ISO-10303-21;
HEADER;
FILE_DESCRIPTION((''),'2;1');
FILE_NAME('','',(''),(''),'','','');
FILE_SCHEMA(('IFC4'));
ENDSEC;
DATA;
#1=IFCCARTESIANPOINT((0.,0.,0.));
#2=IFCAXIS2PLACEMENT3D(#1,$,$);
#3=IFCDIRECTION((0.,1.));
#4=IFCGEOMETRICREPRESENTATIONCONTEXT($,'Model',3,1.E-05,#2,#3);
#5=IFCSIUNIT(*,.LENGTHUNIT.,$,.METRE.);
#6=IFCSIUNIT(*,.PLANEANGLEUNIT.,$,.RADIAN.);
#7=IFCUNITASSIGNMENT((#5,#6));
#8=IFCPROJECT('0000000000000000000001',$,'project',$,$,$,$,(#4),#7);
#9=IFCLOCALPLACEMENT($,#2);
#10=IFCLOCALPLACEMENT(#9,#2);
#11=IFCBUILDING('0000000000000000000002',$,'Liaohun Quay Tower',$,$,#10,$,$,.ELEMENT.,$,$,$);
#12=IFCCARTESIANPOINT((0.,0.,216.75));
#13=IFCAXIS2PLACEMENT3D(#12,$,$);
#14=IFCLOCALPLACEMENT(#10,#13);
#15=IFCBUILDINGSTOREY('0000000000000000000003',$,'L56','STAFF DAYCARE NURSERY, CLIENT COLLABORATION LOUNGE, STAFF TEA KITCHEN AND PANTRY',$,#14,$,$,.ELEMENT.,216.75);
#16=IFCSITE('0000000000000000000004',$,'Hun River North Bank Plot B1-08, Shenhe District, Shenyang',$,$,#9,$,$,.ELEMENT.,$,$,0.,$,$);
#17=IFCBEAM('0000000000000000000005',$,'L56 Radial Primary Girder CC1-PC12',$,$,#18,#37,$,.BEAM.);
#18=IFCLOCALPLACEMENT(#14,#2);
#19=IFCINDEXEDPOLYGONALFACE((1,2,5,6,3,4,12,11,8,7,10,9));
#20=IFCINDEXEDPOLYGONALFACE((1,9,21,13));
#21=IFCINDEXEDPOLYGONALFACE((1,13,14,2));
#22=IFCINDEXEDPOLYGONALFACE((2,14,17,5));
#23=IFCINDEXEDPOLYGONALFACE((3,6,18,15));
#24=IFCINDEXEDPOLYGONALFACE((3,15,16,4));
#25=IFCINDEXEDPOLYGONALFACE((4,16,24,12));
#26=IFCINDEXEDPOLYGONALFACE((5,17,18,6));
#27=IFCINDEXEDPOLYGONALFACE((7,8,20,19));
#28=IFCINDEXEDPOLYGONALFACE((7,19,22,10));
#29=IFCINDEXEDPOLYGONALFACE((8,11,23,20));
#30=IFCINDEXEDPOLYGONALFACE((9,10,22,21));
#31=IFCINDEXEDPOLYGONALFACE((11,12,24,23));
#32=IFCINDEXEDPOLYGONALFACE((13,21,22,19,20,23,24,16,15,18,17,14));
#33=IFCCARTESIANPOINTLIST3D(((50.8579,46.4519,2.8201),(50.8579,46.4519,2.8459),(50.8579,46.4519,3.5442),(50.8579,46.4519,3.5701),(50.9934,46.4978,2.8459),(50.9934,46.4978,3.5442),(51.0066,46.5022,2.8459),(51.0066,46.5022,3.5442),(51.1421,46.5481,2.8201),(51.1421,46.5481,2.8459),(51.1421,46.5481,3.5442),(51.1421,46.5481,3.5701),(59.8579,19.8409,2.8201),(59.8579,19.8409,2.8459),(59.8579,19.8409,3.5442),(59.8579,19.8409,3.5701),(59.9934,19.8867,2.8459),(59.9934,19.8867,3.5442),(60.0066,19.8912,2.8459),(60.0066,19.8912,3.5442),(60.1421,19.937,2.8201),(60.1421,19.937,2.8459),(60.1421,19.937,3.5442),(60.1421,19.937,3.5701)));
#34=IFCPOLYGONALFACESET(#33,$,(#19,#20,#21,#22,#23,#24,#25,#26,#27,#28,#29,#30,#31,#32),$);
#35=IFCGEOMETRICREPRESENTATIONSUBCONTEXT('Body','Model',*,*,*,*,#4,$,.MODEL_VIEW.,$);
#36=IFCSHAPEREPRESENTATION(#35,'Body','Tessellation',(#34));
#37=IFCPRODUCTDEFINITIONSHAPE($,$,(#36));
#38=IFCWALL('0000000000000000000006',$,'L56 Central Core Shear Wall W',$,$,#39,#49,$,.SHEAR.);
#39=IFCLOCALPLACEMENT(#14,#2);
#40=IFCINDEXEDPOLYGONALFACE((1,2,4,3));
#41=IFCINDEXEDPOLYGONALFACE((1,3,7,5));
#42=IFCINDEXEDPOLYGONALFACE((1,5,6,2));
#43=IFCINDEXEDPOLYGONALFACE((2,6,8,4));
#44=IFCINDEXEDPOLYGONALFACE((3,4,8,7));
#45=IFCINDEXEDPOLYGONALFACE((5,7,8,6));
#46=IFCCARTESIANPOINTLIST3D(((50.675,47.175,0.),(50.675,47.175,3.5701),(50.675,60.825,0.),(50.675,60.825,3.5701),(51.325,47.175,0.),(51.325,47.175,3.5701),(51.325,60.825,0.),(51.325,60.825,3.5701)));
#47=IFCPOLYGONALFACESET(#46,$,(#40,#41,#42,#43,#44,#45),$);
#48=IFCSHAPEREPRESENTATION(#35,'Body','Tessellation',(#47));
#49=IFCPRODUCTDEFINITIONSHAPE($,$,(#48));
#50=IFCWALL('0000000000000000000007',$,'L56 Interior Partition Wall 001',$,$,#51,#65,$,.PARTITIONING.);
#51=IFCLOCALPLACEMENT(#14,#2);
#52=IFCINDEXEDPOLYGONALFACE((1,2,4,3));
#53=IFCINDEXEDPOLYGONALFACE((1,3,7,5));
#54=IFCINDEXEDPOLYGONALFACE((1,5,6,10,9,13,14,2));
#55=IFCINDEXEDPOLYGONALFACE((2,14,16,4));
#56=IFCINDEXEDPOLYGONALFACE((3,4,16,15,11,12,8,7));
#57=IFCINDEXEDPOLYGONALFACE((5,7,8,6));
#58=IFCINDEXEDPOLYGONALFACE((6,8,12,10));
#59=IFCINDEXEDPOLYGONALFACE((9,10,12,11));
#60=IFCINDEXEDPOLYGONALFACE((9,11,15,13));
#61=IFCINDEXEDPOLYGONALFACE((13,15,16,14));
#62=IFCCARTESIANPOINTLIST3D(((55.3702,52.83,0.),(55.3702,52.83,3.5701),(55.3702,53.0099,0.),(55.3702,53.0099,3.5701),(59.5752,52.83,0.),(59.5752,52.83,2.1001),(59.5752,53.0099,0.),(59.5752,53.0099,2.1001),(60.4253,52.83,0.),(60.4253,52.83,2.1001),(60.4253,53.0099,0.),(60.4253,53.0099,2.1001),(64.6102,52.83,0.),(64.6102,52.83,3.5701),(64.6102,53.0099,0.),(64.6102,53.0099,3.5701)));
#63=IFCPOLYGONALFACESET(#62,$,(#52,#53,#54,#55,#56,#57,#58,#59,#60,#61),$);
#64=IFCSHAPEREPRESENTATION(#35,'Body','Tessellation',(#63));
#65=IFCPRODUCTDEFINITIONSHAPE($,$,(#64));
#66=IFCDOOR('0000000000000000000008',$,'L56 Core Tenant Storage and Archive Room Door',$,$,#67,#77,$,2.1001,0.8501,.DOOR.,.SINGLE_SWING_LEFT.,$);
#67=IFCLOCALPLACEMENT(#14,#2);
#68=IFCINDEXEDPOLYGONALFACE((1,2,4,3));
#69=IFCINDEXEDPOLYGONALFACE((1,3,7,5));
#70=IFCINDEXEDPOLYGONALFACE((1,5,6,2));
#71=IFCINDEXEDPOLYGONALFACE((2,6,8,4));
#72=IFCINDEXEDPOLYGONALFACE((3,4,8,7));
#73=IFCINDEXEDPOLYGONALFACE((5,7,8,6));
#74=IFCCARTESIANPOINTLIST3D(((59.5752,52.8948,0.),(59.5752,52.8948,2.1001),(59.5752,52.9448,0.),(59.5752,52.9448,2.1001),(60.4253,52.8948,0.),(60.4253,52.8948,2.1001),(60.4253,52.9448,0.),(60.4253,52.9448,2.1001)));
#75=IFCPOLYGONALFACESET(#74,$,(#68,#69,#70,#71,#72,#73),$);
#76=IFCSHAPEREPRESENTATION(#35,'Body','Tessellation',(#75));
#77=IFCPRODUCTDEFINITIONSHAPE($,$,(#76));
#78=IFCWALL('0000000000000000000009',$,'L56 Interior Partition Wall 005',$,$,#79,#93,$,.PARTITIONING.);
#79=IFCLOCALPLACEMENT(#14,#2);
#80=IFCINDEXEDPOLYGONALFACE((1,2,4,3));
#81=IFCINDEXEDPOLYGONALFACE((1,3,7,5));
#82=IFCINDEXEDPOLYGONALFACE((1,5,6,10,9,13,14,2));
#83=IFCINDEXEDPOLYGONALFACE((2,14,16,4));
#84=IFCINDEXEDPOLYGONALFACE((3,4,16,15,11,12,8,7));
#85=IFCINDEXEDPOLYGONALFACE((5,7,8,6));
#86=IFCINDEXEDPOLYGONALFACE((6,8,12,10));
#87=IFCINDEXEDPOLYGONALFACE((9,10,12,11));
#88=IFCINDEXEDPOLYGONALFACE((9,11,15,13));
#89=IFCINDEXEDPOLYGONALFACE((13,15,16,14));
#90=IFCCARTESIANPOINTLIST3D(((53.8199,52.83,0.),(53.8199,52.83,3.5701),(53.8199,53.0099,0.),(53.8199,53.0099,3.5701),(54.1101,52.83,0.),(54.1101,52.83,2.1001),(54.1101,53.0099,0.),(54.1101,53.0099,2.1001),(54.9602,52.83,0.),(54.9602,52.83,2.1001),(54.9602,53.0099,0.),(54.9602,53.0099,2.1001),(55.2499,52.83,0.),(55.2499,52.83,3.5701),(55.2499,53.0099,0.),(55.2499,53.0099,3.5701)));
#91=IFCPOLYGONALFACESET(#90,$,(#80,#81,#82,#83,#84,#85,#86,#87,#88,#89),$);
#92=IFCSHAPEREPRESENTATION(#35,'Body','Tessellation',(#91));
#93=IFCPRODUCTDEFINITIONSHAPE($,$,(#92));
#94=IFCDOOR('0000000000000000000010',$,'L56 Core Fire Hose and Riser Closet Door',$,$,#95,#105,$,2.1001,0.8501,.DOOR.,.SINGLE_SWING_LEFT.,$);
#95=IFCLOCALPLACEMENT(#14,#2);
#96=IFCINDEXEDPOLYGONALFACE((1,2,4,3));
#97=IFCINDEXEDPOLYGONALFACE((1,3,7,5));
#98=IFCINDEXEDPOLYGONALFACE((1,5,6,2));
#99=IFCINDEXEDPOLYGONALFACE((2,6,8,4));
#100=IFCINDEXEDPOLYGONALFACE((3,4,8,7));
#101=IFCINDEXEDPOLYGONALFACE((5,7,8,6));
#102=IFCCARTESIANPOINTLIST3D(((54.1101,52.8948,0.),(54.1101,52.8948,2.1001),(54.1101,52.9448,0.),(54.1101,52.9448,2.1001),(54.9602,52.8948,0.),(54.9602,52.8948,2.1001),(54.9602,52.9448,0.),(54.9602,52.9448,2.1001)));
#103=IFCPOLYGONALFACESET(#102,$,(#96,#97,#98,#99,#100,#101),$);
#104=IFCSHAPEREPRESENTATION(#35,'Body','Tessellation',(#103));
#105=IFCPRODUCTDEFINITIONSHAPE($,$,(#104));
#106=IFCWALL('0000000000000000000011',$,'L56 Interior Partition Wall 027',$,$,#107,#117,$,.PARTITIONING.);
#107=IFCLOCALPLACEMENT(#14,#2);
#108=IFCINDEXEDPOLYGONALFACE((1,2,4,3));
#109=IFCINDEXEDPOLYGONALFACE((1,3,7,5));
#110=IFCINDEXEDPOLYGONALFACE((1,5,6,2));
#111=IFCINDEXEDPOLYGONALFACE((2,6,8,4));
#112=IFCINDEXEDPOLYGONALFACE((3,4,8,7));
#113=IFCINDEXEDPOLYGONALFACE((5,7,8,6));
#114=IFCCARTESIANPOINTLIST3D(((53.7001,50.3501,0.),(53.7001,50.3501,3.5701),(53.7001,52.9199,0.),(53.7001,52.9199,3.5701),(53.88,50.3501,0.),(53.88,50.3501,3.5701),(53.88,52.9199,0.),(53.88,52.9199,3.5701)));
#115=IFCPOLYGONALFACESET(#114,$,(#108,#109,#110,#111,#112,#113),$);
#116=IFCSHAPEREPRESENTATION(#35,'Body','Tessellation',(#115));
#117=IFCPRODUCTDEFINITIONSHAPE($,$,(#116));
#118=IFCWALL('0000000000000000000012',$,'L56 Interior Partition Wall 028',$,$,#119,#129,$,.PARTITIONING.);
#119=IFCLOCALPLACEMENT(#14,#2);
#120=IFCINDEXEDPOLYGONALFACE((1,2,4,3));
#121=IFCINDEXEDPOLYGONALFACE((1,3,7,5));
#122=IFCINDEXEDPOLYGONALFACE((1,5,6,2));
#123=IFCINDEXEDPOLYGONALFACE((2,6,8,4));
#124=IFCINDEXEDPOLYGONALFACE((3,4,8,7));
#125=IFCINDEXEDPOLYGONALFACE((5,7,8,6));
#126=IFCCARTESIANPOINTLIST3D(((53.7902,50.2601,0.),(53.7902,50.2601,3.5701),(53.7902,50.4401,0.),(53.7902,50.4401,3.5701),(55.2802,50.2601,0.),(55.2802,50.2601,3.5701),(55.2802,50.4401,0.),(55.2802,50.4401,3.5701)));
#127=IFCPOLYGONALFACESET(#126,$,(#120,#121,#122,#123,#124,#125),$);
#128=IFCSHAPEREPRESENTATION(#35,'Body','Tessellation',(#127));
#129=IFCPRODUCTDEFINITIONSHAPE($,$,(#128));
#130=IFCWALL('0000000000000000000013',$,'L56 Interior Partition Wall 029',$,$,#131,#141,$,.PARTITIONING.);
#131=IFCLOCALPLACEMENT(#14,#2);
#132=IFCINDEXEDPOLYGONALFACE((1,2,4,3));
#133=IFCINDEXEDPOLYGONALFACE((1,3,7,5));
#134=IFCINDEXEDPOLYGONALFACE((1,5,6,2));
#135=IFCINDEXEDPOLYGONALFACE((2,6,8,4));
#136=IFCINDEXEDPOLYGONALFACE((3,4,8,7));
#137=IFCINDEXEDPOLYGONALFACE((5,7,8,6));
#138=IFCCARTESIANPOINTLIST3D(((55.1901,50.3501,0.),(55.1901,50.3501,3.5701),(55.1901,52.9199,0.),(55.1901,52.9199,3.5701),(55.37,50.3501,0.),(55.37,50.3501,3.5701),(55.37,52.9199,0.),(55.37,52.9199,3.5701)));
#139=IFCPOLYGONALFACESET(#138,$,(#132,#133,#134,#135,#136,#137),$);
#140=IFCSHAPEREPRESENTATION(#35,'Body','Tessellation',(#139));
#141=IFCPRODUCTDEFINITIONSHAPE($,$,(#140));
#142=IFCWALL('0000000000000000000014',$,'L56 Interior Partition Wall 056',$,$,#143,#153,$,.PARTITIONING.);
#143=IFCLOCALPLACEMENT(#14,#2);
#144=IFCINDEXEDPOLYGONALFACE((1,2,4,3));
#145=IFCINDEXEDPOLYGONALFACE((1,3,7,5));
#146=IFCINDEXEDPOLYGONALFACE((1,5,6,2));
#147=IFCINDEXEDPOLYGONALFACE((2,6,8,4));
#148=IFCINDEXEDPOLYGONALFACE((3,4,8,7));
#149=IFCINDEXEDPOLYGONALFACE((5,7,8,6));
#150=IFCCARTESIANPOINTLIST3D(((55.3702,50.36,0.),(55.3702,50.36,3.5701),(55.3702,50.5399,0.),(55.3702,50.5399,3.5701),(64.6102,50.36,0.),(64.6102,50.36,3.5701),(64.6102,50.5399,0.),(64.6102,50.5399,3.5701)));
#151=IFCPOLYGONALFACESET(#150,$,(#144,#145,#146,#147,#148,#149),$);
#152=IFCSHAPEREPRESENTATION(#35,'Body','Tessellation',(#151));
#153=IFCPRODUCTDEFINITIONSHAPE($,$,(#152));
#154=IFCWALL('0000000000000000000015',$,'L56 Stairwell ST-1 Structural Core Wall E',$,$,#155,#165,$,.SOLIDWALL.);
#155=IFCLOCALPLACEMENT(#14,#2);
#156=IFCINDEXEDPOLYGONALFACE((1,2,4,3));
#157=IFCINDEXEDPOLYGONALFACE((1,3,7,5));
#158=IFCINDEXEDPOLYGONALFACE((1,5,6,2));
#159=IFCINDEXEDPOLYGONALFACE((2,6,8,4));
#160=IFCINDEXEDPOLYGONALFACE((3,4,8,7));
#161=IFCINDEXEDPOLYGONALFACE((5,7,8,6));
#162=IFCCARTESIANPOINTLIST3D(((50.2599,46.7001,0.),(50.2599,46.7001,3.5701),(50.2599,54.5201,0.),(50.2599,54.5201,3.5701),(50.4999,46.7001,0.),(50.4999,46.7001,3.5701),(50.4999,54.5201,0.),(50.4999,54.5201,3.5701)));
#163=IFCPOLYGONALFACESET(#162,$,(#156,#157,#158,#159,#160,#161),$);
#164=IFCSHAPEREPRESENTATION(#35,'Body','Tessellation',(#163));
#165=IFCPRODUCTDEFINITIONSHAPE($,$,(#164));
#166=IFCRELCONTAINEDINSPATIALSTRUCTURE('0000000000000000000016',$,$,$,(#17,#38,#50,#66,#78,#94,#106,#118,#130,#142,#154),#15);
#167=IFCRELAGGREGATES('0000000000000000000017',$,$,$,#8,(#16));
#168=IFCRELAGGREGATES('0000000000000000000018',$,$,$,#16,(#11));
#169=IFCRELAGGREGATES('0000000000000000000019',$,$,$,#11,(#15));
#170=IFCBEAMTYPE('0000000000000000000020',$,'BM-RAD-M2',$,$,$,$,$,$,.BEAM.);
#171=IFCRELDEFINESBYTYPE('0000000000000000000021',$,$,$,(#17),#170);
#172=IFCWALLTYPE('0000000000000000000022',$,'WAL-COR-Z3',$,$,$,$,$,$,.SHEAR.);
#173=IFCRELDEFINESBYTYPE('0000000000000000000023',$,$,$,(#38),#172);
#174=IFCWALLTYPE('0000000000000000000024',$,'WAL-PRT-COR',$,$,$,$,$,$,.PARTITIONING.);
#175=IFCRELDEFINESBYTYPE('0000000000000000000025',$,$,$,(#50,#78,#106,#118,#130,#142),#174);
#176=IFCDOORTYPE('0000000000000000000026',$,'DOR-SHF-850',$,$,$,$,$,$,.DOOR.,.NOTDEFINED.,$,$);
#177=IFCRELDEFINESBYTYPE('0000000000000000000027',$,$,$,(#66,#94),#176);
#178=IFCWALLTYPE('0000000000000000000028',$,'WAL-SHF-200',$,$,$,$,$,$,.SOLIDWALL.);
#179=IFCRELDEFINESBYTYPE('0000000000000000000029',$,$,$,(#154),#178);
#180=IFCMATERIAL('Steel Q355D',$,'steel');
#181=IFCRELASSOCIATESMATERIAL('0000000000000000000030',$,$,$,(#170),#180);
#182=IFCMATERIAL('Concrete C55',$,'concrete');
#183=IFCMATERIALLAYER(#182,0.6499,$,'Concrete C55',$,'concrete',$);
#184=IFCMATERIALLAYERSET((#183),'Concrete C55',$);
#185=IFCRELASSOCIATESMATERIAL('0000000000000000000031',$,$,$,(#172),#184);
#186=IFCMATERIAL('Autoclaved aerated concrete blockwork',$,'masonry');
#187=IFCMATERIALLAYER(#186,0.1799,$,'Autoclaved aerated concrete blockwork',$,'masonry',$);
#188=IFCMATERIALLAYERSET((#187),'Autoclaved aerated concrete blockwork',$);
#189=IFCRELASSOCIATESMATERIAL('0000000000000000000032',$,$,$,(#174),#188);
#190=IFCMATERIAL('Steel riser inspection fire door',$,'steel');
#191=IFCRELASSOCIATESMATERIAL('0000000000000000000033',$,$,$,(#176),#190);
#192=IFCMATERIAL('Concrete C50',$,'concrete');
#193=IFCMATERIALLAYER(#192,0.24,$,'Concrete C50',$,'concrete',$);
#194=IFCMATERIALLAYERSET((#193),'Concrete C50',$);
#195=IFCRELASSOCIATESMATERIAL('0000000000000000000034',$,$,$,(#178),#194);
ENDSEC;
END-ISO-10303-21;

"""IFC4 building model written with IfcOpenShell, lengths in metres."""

from ifc_helpers import new_model, si_unit, direction, frame, frame_2d, origin, origin_2d, place, context, subcontext, project, spatial, rectangle, i_section, extrude, source, transform, mapped, material, layer, layer_set, material_profile, profile_set, type_object, element, fill, save


model = new_model("IFC4")

# Units and contexts
model_context = context("Model", 3, precision=1e-05, world=origin(), true_north=direction((0.0, 1.0)))
body_context = subcontext(model_context, "Body", "Model", "MODEL_VIEW")
ifc_project = project(units=[si_unit("LENGTHUNIT", "METRE"), si_unit("PLANEANGLEUNIT", "RADIAN")], contexts=[model_context])

# Site, building, storey
site_placement = place(None, origin())
site = spatial("IfcSite", under=ifc_project, at=site_placement, Name="Hun River North Bank Plot B1-08, Shenhe District, Shenyang", CompositionType="ELEMENT", RefElevation=0.0)
building_placement = place(site_placement, origin())
building = spatial("IfcBuilding", under=site, at=building_placement, Name="Liaohun Quay Tower", CompositionType="ELEMENT")
storey_placement = place(building_placement, frame((0.0, 0.0, 216.75)))
storey = spatial("IfcBuildingStorey", under=building, at=storey_placement, Name="L56", Description="STAFF DAYCARE NURSERY, CLIENT COLLABORATION LOUNGE, STAFF TEA KITCHEN AND PANTRY", CompositionType="ELEMENT", Elevation=216.75)

# Beam
ifc_material_1 = material(Name="Steel Q355D", Category="steel")
ifc_material_profile = material_profile(ifc_material_1, i_section(OverallWidth=0.3, OverallDepth=0.75, WebThickness=0.0139, FlangeThickness=0.0259, at=origin_2d()), Name="HN750x300x14x26")
ifc_profile_set = profile_set([ifc_material_profile], Name="Steel Q355D")
beam_type = type_object("IfcBeamType", Name="BM-RAD-M2", PredefinedType="BEAM", material=ifc_profile_set)
shared_shape_1 = source(origin(), body_context, "Body", "SweptSolid", [
    extrude(i_section(OverallWidth=0.3, OverallDepth=0.75, WebThickness=0.0139, FlangeThickness=0.0259, at=origin_2d()), origin(), (0.0, 0.0, 1.0), 28.0918),
])
beam_placement = place(storey_placement, frame((51.0, 46.5, 3.1951), z_axis=(0.320378, -0.94729, 0.0), x_axis=(0.94729, 0.320378, 0.0)))
element("IfcBeam", 1, at=beam_placement, inside=storey, type_object=beam_type, Name="L56 Radial Primary Girder CC1-PC12", PredefinedType="BEAM", context=body_context, shape_type="MappedRepresentation", body=[
    mapped(shared_shape_1, transform((0.0, 0.0, 0.0), x_axis=(1.0, 0.0, 0.0), y_axis=(0.0, 1.0, 0.0), z_axis=(0.0, 0.0, 1.0), scale=1.0)),
])

# Wall
ifc_material_2 = material(Name="Concrete C55", Category="concrete")
ifc_layer_1 = layer(ifc_material_2, 0.6499, Name="Concrete C55", Category="concrete")
ifc_layer_set_1 = layer_set([ifc_layer_1], Name="Concrete C55")
wall_type_1 = type_object("IfcWallType", Name="WAL-COR-Z3", PredefinedType="SHEAR", material=ifc_layer_set_1)
wall_1_placement = place(storey_placement, frame((51.0, 47.175, 0.0), z_axis=(0.0, 0.0, 1.0), x_axis=(0.0, 1.0, 0.0)))
element("IfcWall", 2, at=wall_1_placement, inside=storey, type_object=wall_type_1, Name="L56 Central Core Shear Wall W", PredefinedType="SHEAR", context=body_context, shape_type="SweptSolid", body=[
    extrude(rectangle(XDim=13.6499, YDim=0.6499, at=frame_2d((6.825, 0.0))), origin(), (0.0, 0.0, 1.0), 3.5701),
])

# Walls, openings, doors
ifc_material_3 = material(Name="Autoclaved aerated concrete blockwork", Category="masonry")
ifc_layer_2 = layer(ifc_material_3, 0.1799, Name="Autoclaved aerated concrete blockwork", Category="masonry")
ifc_layer_set_2 = layer_set([ifc_layer_2], Name="Autoclaved aerated concrete blockwork")
wall_type_2 = type_object("IfcWallType", Name="WAL-PRT-COR", PredefinedType="PARTITIONING", material=ifc_layer_set_2)
wall_2_placement = place(storey_placement, frame((55.3701, 52.9199, 0.0), z_axis=(0.0, 0.0, 1.0), x_axis=(1.0, 0.0, 0.0)))
wall_2 = element("IfcWall", 3, at=wall_2_placement, inside=storey, type_object=wall_type_2, Name="L56 Interior Partition Wall 001", PredefinedType="PARTITIONING", context=body_context, shape_type="SweptSolid", body=[
    extrude(rectangle(XDim=9.24, YDim=0.1799, at=frame_2d((4.6201, 0.0))), origin(), (0.0, 0.0, 1.0), 3.5701),
])
shared_shape_2 = source(origin(), body_context, "Body", "SweptSolid", [
    extrude(rectangle(XDim=0.8501, YDim=2.1001, at=frame_2d((0.425, 1.05))), frame((0.0, 0.0999, 0.0), z_axis=(0.0, -1.0, 0.0), x_axis=(1.0, 0.0, 0.0)), (0.0, 0.0, 1.0), 0.2),
])
opening_1_placement = place(wall_2_placement, frame((4.2051, 0.0, 0.0)))
opening_1 = element("IfcOpeningElement", 4, at=opening_1_placement, cuts=wall_2, PredefinedType="OPENING", context=body_context, shape_type="MappedRepresentation", body=[
    mapped(shared_shape_2, transform((0.0, 0.0, 0.0), x_axis=(1.0, 0.0, 0.0), y_axis=(0.0, 1.0, 0.0), z_axis=(0.0, 0.0, 1.0), scale=1.0)),
])
ifc_material_4 = material(Name="Steel riser inspection fire door", Category="steel")
door_type_1 = type_object("IfcDoorType", Name="DOR-SHF-850", OperationType="NOTDEFINED", PredefinedType="DOOR", material=ifc_material_4)
shared_shape_3 = source(origin(), body_context, "Body", "SweptSolid", [
    extrude(rectangle(XDim=0.8501, YDim=2.1001, at=frame_2d((0.425, 1.05))), frame((0.0, 0.0249, 0.0), z_axis=(0.0, -1.0, 0.0), x_axis=(1.0, 0.0, 0.0)), (0.0, 0.0, 1.0), 0.05),
])
door_1_placement = place(opening_1_placement, origin())
door_1 = element("IfcDoor", 5, at=door_1_placement, inside=storey, type_object=door_type_1, Name="L56 Core Tenant Storage and Archive Room Door", OperationType="SINGLE_SWING_LEFT", OverallHeight=2.1001, OverallWidth=0.8501, PredefinedType="DOOR", context=body_context, shape_type="MappedRepresentation", body=[
    mapped(shared_shape_3, transform((0.0, 0.0, 0.0), x_axis=(1.0, 0.0, 0.0), y_axis=(0.0, 1.0, 0.0), z_axis=(0.0, 0.0, 1.0), scale=1.0)),
])
fill(opening_1, door_1)
wall_3_placement = place(storey_placement, frame((53.8201, 52.9199, 0.0), z_axis=(0.0, 0.0, 1.0), x_axis=(1.0, 0.0, 0.0)))
wall_3 = element("IfcWall", 6, at=wall_3_placement, inside=storey, type_object=wall_type_2, Name="L56 Interior Partition Wall 005", PredefinedType="PARTITIONING", context=body_context, shape_type="SweptSolid", body=[
    extrude(rectangle(XDim=1.4299, YDim=0.1799, at=frame_2d((0.7148, 0.0))), origin(), (0.0, 0.0, 1.0), 3.5701),
])
opening_2_placement = place(wall_3_placement, frame((0.29, 0.0, 0.0)))
opening_2 = element("IfcOpeningElement", 7, at=opening_2_placement, cuts=wall_3, PredefinedType="OPENING", context=body_context, shape_type="MappedRepresentation", body=[
    mapped(shared_shape_2, transform((0.0, 0.0, 0.0), x_axis=(1.0, 0.0, 0.0), y_axis=(0.0, 1.0, 0.0), z_axis=(0.0, 0.0, 1.0), scale=1.0)),
])
door_2_placement = place(opening_2_placement, origin())
door_2 = element("IfcDoor", 8, at=door_2_placement, inside=storey, type_object=door_type_1, Name="L56 Core Fire Hose and Riser Closet Door", OperationType="SINGLE_SWING_LEFT", OverallHeight=2.1001, OverallWidth=0.8501, PredefinedType="DOOR", context=body_context, shape_type="MappedRepresentation", body=[
    mapped(shared_shape_3, transform((0.0, 0.0, 0.0), x_axis=(1.0, 0.0, 0.0), y_axis=(0.0, 1.0, 0.0), z_axis=(0.0, 0.0, 1.0), scale=1.0)),
])
fill(opening_2, door_2)

# Walls
wall_4_placement = place(storey_placement, frame((53.79, 50.3501, 0.0), z_axis=(0.0, 0.0, 1.0), x_axis=(0.0, 1.0, 0.0)))
element("IfcWall", 9, at=wall_4_placement, inside=storey, type_object=wall_type_2, Name="L56 Interior Partition Wall 027", PredefinedType="PARTITIONING", context=body_context, shape_type="SweptSolid", body=[
    extrude(rectangle(XDim=2.5698, YDim=0.1799, at=frame_2d((1.2849, 0.0))), origin(), (0.0, 0.0, 1.0), 3.5701),
])
wall_5_placement = place(storey_placement, frame((53.79, 50.3501, 0.0), z_axis=(0.0, 0.0, 1.0), x_axis=(1.0, 0.0, 0.0)))
element("IfcWall", 10, at=wall_5_placement, inside=storey, type_object=wall_type_2, Name="L56 Interior Partition Wall 028", PredefinedType="PARTITIONING", context=body_context, shape_type="SweptSolid", body=[
    extrude(rectangle(XDim=1.49, YDim=0.1799, at=frame_2d((0.7451, 0.0))), origin(), (0.0, 0.0, 1.0), 3.5701),
])
wall_6_placement = place(storey_placement, frame((55.28, 50.3501, 0.0), z_axis=(0.0, 0.0, 1.0), x_axis=(0.0, 1.0, 0.0)))
element("IfcWall", 11, at=wall_6_placement, inside=storey, type_object=wall_type_2, Name="L56 Interior Partition Wall 029", PredefinedType="PARTITIONING", context=body_context, shape_type="SweptSolid", body=[
    extrude(rectangle(XDim=2.5698, YDim=0.1799, at=frame_2d((1.2849, 0.0))), origin(), (0.0, 0.0, 1.0), 3.5701),
])
wall_7_placement = place(storey_placement, frame((55.3701, 50.45, 0.0), z_axis=(0.0, 0.0, 1.0), x_axis=(1.0, 0.0, 0.0)))
element("IfcWall", 12, at=wall_7_placement, inside=storey, type_object=wall_type_2, Name="L56 Interior Partition Wall 056", PredefinedType="PARTITIONING", context=body_context, shape_type="SweptSolid", body=[
    extrude(rectangle(XDim=9.24, YDim=0.1799, at=frame_2d((4.6201, 0.0))), origin(), (0.0, 0.0, 1.0), 3.5701),
])
ifc_material_5 = material(Name="Concrete C50", Category="concrete")
ifc_layer_3 = layer(ifc_material_5, 0.24, Name="Concrete C50", Category="concrete")
ifc_layer_set_3 = layer_set([ifc_layer_3], Name="Concrete C50")
wall_type_3 = type_object("IfcWallType", Name="WAL-SHF-200", PredefinedType="SOLIDWALL", material=ifc_layer_set_3)
wall_8_placement = place(storey_placement, frame((50.3799, 46.7, 0.0), z_axis=(0.0, 0.0, 1.0), x_axis=(0.0, 1.0, 0.0)))
element("IfcWall", 13, at=wall_8_placement, inside=storey, type_object=wall_type_3, Name="L56 Stairwell ST-1 Structural Core Wall E", PredefinedType="SOLIDWALL", context=body_context, shape_type="SweptSolid", body=[
    extrude(rectangle(XDim=7.8201, YDim=0.24, at=frame_2d((3.9102, 0.0))), origin(), (0.0, 0.0, 1.0), 3.5701),
])

save(model, "model.ifc")
